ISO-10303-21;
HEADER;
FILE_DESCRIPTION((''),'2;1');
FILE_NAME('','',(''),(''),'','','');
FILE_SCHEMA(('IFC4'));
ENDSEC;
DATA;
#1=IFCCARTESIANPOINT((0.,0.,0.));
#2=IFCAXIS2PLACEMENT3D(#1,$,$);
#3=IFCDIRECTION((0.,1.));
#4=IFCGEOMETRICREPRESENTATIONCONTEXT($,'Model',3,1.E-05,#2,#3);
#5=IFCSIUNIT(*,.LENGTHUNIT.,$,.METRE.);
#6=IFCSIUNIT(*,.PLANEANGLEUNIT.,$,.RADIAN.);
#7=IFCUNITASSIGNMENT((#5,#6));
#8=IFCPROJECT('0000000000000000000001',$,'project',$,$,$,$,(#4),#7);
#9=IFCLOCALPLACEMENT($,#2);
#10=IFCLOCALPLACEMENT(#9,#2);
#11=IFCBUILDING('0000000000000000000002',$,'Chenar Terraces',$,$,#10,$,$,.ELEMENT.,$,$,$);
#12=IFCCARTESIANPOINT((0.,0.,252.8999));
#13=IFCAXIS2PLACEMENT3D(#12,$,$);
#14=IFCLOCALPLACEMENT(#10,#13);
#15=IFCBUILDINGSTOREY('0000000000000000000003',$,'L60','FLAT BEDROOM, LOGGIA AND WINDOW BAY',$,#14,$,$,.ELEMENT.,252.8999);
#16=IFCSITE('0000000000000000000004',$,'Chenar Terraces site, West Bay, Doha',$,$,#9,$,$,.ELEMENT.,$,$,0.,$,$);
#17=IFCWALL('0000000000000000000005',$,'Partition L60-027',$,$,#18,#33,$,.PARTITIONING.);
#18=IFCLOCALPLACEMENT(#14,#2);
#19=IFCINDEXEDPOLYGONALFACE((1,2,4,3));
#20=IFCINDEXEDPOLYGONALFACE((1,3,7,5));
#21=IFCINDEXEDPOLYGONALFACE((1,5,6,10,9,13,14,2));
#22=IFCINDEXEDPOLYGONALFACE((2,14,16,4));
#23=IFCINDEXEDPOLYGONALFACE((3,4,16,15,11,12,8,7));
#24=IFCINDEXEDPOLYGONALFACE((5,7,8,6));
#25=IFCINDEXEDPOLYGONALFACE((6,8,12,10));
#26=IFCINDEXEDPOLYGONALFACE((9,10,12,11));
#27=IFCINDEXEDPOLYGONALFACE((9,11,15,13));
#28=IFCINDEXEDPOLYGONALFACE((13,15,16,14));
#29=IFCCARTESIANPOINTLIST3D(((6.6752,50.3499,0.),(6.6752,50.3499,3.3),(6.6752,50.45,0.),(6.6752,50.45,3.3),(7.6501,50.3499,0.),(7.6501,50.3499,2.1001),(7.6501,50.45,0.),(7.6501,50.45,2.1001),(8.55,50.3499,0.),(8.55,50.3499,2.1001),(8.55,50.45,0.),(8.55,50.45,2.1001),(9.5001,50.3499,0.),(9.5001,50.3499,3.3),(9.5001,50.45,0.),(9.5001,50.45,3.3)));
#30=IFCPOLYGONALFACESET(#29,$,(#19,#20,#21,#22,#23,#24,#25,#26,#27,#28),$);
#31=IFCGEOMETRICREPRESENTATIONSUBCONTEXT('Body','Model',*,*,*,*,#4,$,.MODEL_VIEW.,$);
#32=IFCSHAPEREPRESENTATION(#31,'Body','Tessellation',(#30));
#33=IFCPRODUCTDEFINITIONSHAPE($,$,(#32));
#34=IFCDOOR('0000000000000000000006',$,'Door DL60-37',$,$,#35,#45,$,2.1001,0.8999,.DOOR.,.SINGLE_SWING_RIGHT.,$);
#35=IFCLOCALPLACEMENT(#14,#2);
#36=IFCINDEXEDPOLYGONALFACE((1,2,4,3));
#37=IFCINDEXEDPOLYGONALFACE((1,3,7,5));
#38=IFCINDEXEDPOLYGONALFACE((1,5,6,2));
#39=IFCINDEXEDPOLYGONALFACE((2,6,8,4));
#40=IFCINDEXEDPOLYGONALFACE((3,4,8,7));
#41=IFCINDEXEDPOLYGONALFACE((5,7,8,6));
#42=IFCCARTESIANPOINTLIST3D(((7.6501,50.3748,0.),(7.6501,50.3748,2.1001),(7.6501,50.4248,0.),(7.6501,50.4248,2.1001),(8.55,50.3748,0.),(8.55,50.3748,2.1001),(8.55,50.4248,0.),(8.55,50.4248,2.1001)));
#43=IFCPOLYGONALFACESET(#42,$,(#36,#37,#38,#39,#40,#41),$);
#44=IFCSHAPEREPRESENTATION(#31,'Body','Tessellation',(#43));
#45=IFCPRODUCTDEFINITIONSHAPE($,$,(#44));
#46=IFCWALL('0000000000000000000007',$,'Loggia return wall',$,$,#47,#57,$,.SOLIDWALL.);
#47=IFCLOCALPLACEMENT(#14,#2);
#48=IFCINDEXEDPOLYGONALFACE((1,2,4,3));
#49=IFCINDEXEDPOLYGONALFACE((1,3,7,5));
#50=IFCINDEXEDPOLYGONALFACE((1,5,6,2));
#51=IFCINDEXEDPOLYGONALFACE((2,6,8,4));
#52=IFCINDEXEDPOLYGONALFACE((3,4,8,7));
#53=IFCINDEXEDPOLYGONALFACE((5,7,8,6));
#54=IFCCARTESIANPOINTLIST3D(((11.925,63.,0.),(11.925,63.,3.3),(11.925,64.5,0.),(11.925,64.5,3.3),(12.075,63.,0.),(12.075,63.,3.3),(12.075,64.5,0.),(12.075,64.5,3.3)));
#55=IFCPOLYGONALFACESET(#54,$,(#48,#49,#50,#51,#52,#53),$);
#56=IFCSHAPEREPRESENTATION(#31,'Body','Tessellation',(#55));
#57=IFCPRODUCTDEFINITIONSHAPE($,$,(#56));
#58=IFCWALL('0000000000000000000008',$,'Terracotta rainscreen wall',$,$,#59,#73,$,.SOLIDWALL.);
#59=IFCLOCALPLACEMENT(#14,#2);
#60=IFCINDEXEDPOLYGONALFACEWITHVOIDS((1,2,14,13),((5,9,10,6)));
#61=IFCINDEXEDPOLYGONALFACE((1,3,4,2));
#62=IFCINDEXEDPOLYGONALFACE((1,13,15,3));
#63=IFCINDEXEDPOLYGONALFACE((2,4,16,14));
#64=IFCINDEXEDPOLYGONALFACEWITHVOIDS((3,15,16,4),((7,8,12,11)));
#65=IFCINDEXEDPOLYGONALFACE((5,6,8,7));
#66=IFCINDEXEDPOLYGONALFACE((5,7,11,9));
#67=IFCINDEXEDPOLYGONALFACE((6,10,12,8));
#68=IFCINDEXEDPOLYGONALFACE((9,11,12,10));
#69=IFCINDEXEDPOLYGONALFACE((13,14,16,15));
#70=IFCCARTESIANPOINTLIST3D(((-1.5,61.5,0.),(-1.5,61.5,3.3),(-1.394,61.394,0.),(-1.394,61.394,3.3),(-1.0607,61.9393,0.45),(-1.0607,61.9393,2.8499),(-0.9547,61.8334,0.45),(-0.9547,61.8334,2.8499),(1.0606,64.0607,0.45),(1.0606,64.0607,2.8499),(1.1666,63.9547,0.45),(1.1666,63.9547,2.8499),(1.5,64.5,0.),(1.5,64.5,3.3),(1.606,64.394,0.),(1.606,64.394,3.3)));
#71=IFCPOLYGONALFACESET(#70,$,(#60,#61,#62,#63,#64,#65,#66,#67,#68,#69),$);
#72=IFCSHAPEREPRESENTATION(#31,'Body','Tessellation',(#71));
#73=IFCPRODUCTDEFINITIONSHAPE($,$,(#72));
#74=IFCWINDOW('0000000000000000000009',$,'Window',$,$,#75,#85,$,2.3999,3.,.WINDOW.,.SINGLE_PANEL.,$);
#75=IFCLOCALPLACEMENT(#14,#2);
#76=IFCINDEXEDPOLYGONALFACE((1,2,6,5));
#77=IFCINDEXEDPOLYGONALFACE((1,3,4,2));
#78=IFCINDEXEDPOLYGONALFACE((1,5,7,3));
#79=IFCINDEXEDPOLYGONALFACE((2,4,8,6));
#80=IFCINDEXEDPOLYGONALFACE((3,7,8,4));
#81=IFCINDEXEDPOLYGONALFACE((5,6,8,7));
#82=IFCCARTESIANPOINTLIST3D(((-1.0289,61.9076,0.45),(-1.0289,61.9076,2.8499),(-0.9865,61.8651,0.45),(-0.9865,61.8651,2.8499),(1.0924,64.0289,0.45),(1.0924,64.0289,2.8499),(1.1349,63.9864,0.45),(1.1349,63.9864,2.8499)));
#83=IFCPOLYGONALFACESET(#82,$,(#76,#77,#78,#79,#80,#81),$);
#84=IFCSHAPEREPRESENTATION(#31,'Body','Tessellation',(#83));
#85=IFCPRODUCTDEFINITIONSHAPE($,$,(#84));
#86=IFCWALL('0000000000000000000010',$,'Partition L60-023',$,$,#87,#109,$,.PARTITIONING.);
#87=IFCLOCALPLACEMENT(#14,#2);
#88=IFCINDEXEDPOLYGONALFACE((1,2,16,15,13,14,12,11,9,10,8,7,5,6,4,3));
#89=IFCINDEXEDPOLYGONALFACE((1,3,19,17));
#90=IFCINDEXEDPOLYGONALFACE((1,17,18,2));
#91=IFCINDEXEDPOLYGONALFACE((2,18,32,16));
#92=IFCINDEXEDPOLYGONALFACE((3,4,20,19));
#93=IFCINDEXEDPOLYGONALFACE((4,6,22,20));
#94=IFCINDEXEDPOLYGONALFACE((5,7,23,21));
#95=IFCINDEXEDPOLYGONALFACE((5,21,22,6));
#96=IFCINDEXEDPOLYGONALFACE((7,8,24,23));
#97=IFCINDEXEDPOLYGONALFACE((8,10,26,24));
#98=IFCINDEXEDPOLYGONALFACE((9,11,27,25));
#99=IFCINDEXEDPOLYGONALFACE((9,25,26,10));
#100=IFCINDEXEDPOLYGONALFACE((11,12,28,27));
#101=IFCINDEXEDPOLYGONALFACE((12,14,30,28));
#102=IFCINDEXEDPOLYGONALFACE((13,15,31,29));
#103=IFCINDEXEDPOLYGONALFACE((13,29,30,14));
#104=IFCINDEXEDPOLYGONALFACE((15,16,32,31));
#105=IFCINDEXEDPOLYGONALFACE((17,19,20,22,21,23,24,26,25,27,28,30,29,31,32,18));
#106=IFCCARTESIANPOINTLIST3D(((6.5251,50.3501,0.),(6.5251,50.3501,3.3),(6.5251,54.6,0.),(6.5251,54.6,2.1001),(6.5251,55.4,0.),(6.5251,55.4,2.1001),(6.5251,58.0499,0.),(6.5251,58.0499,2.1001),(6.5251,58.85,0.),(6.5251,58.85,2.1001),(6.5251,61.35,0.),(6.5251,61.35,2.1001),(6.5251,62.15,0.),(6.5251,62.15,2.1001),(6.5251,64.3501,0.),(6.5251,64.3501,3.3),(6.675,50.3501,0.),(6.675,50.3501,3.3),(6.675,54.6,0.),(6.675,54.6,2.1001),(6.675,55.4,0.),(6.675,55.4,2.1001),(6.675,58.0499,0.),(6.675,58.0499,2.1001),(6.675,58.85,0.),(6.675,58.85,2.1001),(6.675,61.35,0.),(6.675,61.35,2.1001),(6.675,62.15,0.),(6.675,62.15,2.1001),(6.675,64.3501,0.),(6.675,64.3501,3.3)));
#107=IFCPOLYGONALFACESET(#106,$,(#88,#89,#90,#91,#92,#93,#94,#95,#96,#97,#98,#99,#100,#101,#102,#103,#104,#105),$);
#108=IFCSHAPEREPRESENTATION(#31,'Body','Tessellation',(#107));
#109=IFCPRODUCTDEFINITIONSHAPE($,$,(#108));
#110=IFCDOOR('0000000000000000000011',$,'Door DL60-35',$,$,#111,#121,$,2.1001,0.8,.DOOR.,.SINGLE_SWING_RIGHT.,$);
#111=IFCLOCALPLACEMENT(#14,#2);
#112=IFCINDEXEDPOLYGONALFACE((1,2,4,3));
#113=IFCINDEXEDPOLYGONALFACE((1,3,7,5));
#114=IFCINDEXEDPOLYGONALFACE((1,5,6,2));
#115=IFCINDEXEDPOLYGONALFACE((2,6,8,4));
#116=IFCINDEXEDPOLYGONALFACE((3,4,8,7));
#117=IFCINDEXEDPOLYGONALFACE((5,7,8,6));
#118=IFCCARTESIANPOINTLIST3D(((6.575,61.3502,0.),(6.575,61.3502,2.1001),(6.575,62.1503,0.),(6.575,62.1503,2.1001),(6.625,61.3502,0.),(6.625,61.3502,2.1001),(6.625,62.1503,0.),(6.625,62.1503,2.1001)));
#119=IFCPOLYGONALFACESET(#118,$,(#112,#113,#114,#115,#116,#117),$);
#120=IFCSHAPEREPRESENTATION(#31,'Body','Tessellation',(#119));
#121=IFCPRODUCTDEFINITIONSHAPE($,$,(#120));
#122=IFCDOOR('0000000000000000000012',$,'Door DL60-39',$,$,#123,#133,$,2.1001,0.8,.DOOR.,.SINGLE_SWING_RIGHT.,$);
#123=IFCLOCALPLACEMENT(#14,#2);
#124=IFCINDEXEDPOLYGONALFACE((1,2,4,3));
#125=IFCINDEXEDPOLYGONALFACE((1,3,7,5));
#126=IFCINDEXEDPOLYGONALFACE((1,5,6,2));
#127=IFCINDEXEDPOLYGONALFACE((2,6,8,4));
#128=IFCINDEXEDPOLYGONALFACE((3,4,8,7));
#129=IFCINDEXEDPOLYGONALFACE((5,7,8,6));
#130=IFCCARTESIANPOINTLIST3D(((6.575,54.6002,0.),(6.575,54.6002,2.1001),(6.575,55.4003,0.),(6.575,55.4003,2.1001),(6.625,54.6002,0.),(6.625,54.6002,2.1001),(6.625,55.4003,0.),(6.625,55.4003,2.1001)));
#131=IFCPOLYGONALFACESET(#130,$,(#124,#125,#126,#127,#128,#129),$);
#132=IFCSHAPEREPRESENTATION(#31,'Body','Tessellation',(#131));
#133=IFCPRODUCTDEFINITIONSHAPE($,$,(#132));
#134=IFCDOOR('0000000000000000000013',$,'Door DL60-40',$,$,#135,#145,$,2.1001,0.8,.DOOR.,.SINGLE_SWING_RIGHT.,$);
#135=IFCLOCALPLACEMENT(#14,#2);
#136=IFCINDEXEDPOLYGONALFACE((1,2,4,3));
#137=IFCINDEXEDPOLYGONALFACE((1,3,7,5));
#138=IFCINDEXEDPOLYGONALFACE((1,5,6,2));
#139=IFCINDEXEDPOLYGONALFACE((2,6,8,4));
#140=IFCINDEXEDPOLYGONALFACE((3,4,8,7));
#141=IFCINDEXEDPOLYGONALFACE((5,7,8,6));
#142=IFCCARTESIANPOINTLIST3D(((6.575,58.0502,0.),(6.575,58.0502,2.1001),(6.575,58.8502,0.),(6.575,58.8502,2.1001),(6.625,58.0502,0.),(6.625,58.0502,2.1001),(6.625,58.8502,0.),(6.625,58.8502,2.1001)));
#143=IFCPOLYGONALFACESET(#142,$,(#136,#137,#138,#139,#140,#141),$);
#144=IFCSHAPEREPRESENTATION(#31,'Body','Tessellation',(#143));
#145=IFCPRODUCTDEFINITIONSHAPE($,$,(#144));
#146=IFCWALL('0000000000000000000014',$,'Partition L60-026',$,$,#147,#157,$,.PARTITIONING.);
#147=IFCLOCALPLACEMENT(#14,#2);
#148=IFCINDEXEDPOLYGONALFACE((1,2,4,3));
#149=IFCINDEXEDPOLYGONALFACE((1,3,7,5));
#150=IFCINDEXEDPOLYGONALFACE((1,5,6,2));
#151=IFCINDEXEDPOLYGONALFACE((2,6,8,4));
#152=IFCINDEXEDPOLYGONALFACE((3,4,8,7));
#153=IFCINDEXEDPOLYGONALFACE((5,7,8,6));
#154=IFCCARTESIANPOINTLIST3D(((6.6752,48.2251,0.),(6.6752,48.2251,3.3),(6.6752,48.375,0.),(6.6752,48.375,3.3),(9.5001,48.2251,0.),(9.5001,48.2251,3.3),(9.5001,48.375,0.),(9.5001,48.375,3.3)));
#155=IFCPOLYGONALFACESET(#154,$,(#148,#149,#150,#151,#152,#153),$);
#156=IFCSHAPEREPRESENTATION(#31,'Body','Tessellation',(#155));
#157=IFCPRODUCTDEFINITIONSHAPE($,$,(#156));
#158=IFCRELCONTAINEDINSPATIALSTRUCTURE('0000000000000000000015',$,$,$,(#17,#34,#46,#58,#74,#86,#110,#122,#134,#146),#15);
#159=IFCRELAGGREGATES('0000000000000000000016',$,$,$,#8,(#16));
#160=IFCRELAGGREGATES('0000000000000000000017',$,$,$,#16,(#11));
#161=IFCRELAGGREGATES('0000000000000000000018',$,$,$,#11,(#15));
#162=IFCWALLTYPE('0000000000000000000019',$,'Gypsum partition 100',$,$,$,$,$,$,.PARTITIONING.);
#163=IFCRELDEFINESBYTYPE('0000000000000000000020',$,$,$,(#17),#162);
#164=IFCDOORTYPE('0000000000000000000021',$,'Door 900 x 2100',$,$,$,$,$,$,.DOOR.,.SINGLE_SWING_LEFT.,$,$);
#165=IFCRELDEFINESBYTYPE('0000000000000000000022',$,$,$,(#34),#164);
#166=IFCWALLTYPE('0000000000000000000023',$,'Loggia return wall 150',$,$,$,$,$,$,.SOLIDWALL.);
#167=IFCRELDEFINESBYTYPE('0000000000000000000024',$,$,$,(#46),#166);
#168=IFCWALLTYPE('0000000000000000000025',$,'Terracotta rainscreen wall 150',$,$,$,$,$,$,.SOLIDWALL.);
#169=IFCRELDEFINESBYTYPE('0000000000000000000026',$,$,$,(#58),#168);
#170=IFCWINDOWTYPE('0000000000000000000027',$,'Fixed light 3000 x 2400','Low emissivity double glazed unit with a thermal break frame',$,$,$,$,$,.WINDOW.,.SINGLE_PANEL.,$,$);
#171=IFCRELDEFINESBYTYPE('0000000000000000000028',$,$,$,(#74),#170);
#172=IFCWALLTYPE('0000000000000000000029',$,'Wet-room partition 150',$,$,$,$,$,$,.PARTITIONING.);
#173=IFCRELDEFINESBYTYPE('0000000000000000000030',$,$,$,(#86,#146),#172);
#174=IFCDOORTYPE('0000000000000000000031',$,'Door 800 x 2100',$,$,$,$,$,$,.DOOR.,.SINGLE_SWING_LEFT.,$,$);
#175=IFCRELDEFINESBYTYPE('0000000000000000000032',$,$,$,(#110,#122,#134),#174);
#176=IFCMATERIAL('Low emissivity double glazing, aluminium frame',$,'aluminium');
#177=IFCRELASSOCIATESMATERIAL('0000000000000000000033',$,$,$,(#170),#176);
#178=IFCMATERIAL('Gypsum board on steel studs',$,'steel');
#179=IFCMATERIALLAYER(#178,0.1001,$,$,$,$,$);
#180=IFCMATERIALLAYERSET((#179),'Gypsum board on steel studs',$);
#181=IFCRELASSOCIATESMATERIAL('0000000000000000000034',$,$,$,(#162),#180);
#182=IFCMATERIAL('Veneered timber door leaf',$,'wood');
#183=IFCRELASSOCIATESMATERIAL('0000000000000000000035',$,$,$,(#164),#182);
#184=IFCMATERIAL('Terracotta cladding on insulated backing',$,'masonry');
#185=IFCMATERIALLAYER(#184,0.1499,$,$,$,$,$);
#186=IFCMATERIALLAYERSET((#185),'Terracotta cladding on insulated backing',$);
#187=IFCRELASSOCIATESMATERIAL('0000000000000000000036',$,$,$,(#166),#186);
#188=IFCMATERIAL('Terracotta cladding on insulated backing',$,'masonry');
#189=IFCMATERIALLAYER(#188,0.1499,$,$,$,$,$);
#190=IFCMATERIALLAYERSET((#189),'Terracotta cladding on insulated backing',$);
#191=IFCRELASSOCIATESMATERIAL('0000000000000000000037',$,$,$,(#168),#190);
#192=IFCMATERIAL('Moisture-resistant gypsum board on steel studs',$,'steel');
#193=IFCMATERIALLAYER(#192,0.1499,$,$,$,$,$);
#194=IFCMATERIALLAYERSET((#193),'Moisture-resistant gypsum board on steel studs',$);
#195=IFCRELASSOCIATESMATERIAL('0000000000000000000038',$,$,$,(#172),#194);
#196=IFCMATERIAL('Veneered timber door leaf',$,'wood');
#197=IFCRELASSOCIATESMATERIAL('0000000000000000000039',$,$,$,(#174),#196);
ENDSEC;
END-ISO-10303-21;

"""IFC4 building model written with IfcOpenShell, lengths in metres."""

from ifc_helpers import new_model, si_unit, direction, frame, frame_2d, origin, place, context, subcontext, project, spatial, rectangle, extrude, material, layer, layer_set, type_object, element, fill, save


model = new_model("IFC4")

# Units and contexts
model_context = context("Model", 3, precision=1e-05, world=origin(), true_north=direction((0.0, 1.0)))
body_context = subcontext(model_context, "Body", "Model", "MODEL_VIEW")
ifc_project = project(units=[si_unit("LENGTHUNIT", "METRE"), si_unit("PLANEANGLEUNIT", "RADIAN")], contexts=[model_context])

# Site, building, storey
site_placement = place(None, origin())
site = spatial("IfcSite", under=ifc_project, at=site_placement, Name="Chenar Terraces site, West Bay, Doha", CompositionType="ELEMENT", RefElevation=0.0)
building_placement = place(site_placement, origin())
building = spatial("IfcBuilding", under=site, at=building_placement, Name="Chenar Terraces", CompositionType="ELEMENT")
storey_placement = place(building_placement, frame((0.0, 0.0, 252.8999)))
storey = spatial("IfcBuildingStorey", under=building, at=storey_placement, Name="L60", Description="FLAT BEDROOM, LOGGIA AND WINDOW BAY", CompositionType="ELEMENT", Elevation=252.8999)

# Shared definitions
ifc_material_1 = material(Name="Low emissivity double glazing, aluminium frame", Category="aluminium")
window_type_1 = type_object("IfcWindowType", Name="Fixed light 3000 x 2400", Description="Low emissivity double glazed unit with a thermal break frame", PartitioningType="SINGLE_PANEL", PredefinedType="WINDOW", material=ifc_material_1)

# Shared definitions
ifc_material_2 = material(Name="Gypsum board on steel studs", Category="steel")
ifc_layer_1 = layer(ifc_material_2, 0.1001)
ifc_layer_set_1 = layer_set([ifc_layer_1], Name="Gypsum board on steel studs")
wall_type_1 = type_object("IfcWallType", Name="Gypsum partition 100", PredefinedType="PARTITIONING", material=ifc_layer_set_1)

# Wall, opening, door
wall_1_placement = place(storey_placement, frame((6.675, 50.3999, 0.0), z_axis=(0.0, 0.0, 1.0), x_axis=(1.0, 0.0, 0.0)))
wall_1 = element("IfcWall", 1, at=wall_1_placement, inside=storey, type_object=wall_type_1, Name="Partition L60-027", PredefinedType="PARTITIONING", context=body_context, shape_type="SweptSolid", body=[
    extrude(rectangle(XDim=2.825, YDim=0.1001, at=frame_2d((1.4126, 0.0))), origin(), (0.0, 0.0, 1.0), 3.3),
])
opening_1_placement = place(wall_1_placement, frame((0.9751, 0.0, 0.0)))
opening_1 = element("IfcOpeningElement", 2, at=opening_1_placement, cuts=wall_1, PredefinedType="OPENING", context=body_context, shape_type="SweptSolid", body=[
    extrude(rectangle(XDim=0.8999, YDim=2.1001, at=frame_2d((0.45, 1.05))), frame((0.0, 0.0601, 0.0), z_axis=(0.0, -1.0, 0.0), x_axis=(1.0, 0.0, 0.0)), (0.0, 0.0, 1.0), 0.1201),
])
ifc_material_3 = material(Name="Veneered timber door leaf", Category="wood")
door_type_1 = type_object("IfcDoorType", Name="Door 900 x 2100", OperationType="SINGLE_SWING_LEFT", PredefinedType="DOOR", material=ifc_material_3)
door_1_placement = place(opening_1_placement, origin())
door_1 = element("IfcDoor", 3, at=door_1_placement, inside=storey, type_object=door_type_1, Name="Door DL60-37", OperationType="SINGLE_SWING_RIGHT", OverallHeight=2.1001, OverallWidth=0.8999, PredefinedType="DOOR", context=body_context, shape_type="SweptSolid", body=[
    extrude(rectangle(XDim=0.8999, YDim=2.1001, at=frame_2d((0.45, 1.05))), frame((0.0, 0.0249, 0.0), z_axis=(0.0, -1.0, 0.0), x_axis=(1.0, 0.0, 0.0)), (0.0, 0.0, 1.0), 0.05),
])
fill(opening_1, door_1)

# Wall
ifc_material_4 = material(Name="Terracotta cladding on insulated backing", Category="masonry")
ifc_layer_2 = layer(ifc_material_4, 0.1499)
ifc_layer_set_2 = layer_set([ifc_layer_2], Name="Terracotta cladding on insulated backing")
wall_type_2 = type_object("IfcWallType", Name="Loggia return wall 150", PredefinedType="SOLIDWALL", material=ifc_layer_set_2)
wall_2_placement = place(storey_placement, frame((12.0, 64.5, 0.0), z_axis=(0.0, 0.0, 1.0), x_axis=(0.0, -1.0, 0.0)))
element("IfcWall", 4, at=wall_2_placement, inside=storey, type_object=wall_type_2, Name="Loggia return wall", PredefinedType="SOLIDWALL", context=body_context, shape_type="SweptSolid", body=[
    extrude(rectangle(XDim=1.5, YDim=0.1499, at=frame_2d((0.75, 0.0))), origin(), (0.0, 0.0, 1.0), 3.3),
])

# Wall, opening, window
ifc_material_5 = material(Name="Terracotta cladding on insulated backing", Category="masonry")
ifc_layer_3 = layer(ifc_material_5, 0.1499)
ifc_layer_set_3 = layer_set([ifc_layer_3], Name="Terracotta cladding on insulated backing")
wall_type_3 = type_object("IfcWallType", Name="Terracotta rainscreen wall 150", PredefinedType="SOLIDWALL", material=ifc_layer_set_3)
wall_3_placement = place(storey_placement, frame((1.553, 64.447, 0.0), z_axis=(0.0, 0.0, 1.0), x_axis=(-0.707107, -0.707107, 0.0)))
wall_3 = element("IfcWall", 5, at=wall_3_placement, inside=storey, type_object=wall_type_3, Name="Terracotta rainscreen wall", PredefinedType="SOLIDWALL", context=body_context, shape_type="SweptSolid", body=[
    extrude(rectangle(XDim=4.2427, YDim=0.1499, at=frame_2d((2.1213, 0.0))), origin(), (0.0, 0.0, 1.0), 3.3),
])
opening_2_placement = place(wall_3_placement, frame((0.6213, 0.0, 0.45)))
opening_2 = element("IfcOpeningElement", 6, at=opening_2_placement, cuts=wall_3, PredefinedType="OPENING", context=body_context, shape_type="SweptSolid", body=[
    extrude(rectangle(XDim=3.0, YDim=2.3999, at=frame_2d((1.5, 1.2))), frame((0.0, 0.085, 0.0), z_axis=(0.0, -1.0, 0.0), x_axis=(1.0, 0.0, 0.0)), (0.0, 0.0, 1.0), 0.1699),
])
window_1_placement = place(opening_2_placement, origin())
window_1 = element("IfcWindow", 7, at=window_1_placement, inside=storey, type_object=window_type_1, Name="Window", OverallHeight=2.3999, OverallWidth=3.0, PartitioningType="SINGLE_PANEL", PredefinedType="WINDOW", context=body_context, shape_type="SweptSolid", body=[
    extrude(rectangle(XDim=3.0, YDim=2.3999, at=frame_2d((1.5, 1.2))), frame((0.0, 0.03, 0.0), z_axis=(0.0, -1.0, 0.0), x_axis=(1.0, 0.0, 0.0)), (0.0, 0.0, 1.0), 0.0601),
])
fill(opening_2, window_1)

# Wall, openings, doors
ifc_material_6 = material(Name="Moisture-resistant gypsum board on steel studs", Category="steel")
ifc_layer_4 = layer(ifc_material_6, 0.1499)
ifc_layer_set_4 = layer_set([ifc_layer_4], Name="Moisture-resistant gypsum board on steel studs")
wall_type_4 = type_object("IfcWallType", Name="Wet-room partition 150", PredefinedType="PARTITIONING", material=ifc_layer_set_4)
wall_4_placement = place(storey_placement, frame((6.6001, 50.3501, 0.0), z_axis=(0.0, 0.0, 1.0), x_axis=(0.0, 1.0, 0.0)))
wall_4 = element("IfcWall", 8, at=wall_4_placement, inside=storey, type_object=wall_type_4, Name="Partition L60-023", PredefinedType="PARTITIONING", context=body_context, shape_type="SweptSolid", body=[
    extrude(rectangle(XDim=14.0, YDim=0.1499, at=frame_2d((7.0, 0.0))), origin(), (0.0, 0.0, 1.0), 3.3),
])
opening_3_placement = place(wall_4_placement, frame((11.0, 0.0, 0.0)))
opening_3 = element("IfcOpeningElement", 9, at=opening_3_placement, cuts=wall_4, PredefinedType="OPENING", context=body_context, shape_type="SweptSolid", body=[
    extrude(rectangle(XDim=0.8, YDim=2.1001, at=frame_2d((0.3999, 1.05))), frame((0.0, 0.085, 0.0), z_axis=(0.0, -1.0, 0.0), x_axis=(1.0, 0.0, 0.0)), (0.0, 0.0, 1.0), 0.1699),
])
opening_4_placement = place(wall_4_placement, frame((4.25, 0.0, 0.0)))
opening_4 = element("IfcOpeningElement", 10, at=opening_4_placement, cuts=wall_4, PredefinedType="OPENING", context=body_context, shape_type="SweptSolid", body=[
    extrude(rectangle(XDim=0.8, YDim=2.1001, at=frame_2d((0.3999, 1.05))), frame((0.0, 0.085, 0.0), z_axis=(0.0, -1.0, 0.0), x_axis=(1.0, 0.0, 0.0)), (0.0, 0.0, 1.0), 0.1699),
])
opening_5_placement = place(wall_4_placement, frame((7.7, 0.0, 0.0)))
opening_5 = element("IfcOpeningElement", 11, at=opening_5_placement, cuts=wall_4, PredefinedType="OPENING", context=body_context, shape_type="SweptSolid", body=[
    extrude(rectangle(XDim=0.8, YDim=2.1001, at=frame_2d((0.3999, 1.05))), frame((0.0, 0.085, 0.0), z_axis=(0.0, -1.0, 0.0), x_axis=(1.0, 0.0, 0.0)), (0.0, 0.0, 1.0), 0.1699),
])
ifc_material_7 = material(Name="Veneered timber door leaf", Category="wood")
door_type_2 = type_object("IfcDoorType", Name="Door 800 x 2100", OperationType="SINGLE_SWING_LEFT", PredefinedType="DOOR", material=ifc_material_7)
door_2_placement = place(opening_3_placement, frame((0.8, 0.0, 0.0), z_axis=(0.0, 0.0, 1.0), x_axis=(-1.0, 0.0, 0.0)))
door_2 = element("IfcDoor", 12, at=door_2_placement, inside=storey, type_object=door_type_2, Name="Door DL60-35", OperationType="SINGLE_SWING_RIGHT", OverallHeight=2.1001, OverallWidth=0.8, PredefinedType="DOOR", context=body_context, shape_type="SweptSolid", body=[
    extrude(rectangle(XDim=0.8, YDim=2.1001, at=frame_2d((0.3999, 1.05))), frame((0.0, 0.0249, 0.0), z_axis=(0.0, -1.0, 0.0), x_axis=(1.0, 0.0, 0.0)), (0.0, 0.0, 1.0), 0.05),
])
fill(opening_3, door_2)
door_3_placement = place(opening_4_placement, frame((0.8, 0.0, 0.0), z_axis=(0.0, 0.0, 1.0), x_axis=(-1.0, 0.0, 0.0)))
door_3 = element("IfcDoor", 13, at=door_3_placement, inside=storey, type_object=door_type_2, Name="Door DL60-39", OperationType="SINGLE_SWING_RIGHT", OverallHeight=2.1001, OverallWidth=0.8, PredefinedType="DOOR", context=body_context, shape_type="SweptSolid", body=[
    extrude(rectangle(XDim=0.8, YDim=2.1001, at=frame_2d((0.3999, 1.05))), frame((0.0, 0.0249, 0.0), z_axis=(0.0, -1.0, 0.0), x_axis=(1.0, 0.0, 0.0)), (0.0, 0.0, 1.0), 0.05),
])
fill(opening_4, door_3)
door_4_placement = place(opening_5_placement, frame((0.8, 0.0, 0.0), z_axis=(0.0, 0.0, 1.0), x_axis=(-1.0, 0.0, 0.0)))
door_4 = element("IfcDoor", 14, at=door_4_placement, inside=storey, type_object=door_type_2, Name="Door DL60-40", OperationType="SINGLE_SWING_RIGHT", OverallHeight=2.1001, OverallWidth=0.8, PredefinedType="DOOR", context=body_context, shape_type="SweptSolid", body=[
    extrude(rectangle(XDim=0.8, YDim=2.1001, at=frame_2d((0.3999, 1.05))), frame((0.0, 0.0249, 0.0), z_axis=(0.0, -1.0, 0.0), x_axis=(1.0, 0.0, 0.0)), (0.0, 0.0, 1.0), 0.05),
])
fill(opening_5, door_4)

# Wall
for number, where, z_axis, x_axis, name in (
    (15, (6.675, 48.3, 0.0), (0.0, 0.0, 1.0), (1.0, 0.0, 0.0), "Partition L60-026"),
):
    element("IfcWall", number, at=place(storey_placement, frame(where, z_axis=z_axis, x_axis=x_axis)), inside=storey, type_object=wall_type_4, Name=name, PredefinedType="PARTITIONING", context=body_context, shape_type="SweptSolid", body=[
        extrude(rectangle(XDim=2.825, YDim=0.1499, at=frame_2d((1.4126, 0.0))), origin(), (0.0, 0.0, 1.0), 3.3),
    ])

save(model, "model.ifc")
